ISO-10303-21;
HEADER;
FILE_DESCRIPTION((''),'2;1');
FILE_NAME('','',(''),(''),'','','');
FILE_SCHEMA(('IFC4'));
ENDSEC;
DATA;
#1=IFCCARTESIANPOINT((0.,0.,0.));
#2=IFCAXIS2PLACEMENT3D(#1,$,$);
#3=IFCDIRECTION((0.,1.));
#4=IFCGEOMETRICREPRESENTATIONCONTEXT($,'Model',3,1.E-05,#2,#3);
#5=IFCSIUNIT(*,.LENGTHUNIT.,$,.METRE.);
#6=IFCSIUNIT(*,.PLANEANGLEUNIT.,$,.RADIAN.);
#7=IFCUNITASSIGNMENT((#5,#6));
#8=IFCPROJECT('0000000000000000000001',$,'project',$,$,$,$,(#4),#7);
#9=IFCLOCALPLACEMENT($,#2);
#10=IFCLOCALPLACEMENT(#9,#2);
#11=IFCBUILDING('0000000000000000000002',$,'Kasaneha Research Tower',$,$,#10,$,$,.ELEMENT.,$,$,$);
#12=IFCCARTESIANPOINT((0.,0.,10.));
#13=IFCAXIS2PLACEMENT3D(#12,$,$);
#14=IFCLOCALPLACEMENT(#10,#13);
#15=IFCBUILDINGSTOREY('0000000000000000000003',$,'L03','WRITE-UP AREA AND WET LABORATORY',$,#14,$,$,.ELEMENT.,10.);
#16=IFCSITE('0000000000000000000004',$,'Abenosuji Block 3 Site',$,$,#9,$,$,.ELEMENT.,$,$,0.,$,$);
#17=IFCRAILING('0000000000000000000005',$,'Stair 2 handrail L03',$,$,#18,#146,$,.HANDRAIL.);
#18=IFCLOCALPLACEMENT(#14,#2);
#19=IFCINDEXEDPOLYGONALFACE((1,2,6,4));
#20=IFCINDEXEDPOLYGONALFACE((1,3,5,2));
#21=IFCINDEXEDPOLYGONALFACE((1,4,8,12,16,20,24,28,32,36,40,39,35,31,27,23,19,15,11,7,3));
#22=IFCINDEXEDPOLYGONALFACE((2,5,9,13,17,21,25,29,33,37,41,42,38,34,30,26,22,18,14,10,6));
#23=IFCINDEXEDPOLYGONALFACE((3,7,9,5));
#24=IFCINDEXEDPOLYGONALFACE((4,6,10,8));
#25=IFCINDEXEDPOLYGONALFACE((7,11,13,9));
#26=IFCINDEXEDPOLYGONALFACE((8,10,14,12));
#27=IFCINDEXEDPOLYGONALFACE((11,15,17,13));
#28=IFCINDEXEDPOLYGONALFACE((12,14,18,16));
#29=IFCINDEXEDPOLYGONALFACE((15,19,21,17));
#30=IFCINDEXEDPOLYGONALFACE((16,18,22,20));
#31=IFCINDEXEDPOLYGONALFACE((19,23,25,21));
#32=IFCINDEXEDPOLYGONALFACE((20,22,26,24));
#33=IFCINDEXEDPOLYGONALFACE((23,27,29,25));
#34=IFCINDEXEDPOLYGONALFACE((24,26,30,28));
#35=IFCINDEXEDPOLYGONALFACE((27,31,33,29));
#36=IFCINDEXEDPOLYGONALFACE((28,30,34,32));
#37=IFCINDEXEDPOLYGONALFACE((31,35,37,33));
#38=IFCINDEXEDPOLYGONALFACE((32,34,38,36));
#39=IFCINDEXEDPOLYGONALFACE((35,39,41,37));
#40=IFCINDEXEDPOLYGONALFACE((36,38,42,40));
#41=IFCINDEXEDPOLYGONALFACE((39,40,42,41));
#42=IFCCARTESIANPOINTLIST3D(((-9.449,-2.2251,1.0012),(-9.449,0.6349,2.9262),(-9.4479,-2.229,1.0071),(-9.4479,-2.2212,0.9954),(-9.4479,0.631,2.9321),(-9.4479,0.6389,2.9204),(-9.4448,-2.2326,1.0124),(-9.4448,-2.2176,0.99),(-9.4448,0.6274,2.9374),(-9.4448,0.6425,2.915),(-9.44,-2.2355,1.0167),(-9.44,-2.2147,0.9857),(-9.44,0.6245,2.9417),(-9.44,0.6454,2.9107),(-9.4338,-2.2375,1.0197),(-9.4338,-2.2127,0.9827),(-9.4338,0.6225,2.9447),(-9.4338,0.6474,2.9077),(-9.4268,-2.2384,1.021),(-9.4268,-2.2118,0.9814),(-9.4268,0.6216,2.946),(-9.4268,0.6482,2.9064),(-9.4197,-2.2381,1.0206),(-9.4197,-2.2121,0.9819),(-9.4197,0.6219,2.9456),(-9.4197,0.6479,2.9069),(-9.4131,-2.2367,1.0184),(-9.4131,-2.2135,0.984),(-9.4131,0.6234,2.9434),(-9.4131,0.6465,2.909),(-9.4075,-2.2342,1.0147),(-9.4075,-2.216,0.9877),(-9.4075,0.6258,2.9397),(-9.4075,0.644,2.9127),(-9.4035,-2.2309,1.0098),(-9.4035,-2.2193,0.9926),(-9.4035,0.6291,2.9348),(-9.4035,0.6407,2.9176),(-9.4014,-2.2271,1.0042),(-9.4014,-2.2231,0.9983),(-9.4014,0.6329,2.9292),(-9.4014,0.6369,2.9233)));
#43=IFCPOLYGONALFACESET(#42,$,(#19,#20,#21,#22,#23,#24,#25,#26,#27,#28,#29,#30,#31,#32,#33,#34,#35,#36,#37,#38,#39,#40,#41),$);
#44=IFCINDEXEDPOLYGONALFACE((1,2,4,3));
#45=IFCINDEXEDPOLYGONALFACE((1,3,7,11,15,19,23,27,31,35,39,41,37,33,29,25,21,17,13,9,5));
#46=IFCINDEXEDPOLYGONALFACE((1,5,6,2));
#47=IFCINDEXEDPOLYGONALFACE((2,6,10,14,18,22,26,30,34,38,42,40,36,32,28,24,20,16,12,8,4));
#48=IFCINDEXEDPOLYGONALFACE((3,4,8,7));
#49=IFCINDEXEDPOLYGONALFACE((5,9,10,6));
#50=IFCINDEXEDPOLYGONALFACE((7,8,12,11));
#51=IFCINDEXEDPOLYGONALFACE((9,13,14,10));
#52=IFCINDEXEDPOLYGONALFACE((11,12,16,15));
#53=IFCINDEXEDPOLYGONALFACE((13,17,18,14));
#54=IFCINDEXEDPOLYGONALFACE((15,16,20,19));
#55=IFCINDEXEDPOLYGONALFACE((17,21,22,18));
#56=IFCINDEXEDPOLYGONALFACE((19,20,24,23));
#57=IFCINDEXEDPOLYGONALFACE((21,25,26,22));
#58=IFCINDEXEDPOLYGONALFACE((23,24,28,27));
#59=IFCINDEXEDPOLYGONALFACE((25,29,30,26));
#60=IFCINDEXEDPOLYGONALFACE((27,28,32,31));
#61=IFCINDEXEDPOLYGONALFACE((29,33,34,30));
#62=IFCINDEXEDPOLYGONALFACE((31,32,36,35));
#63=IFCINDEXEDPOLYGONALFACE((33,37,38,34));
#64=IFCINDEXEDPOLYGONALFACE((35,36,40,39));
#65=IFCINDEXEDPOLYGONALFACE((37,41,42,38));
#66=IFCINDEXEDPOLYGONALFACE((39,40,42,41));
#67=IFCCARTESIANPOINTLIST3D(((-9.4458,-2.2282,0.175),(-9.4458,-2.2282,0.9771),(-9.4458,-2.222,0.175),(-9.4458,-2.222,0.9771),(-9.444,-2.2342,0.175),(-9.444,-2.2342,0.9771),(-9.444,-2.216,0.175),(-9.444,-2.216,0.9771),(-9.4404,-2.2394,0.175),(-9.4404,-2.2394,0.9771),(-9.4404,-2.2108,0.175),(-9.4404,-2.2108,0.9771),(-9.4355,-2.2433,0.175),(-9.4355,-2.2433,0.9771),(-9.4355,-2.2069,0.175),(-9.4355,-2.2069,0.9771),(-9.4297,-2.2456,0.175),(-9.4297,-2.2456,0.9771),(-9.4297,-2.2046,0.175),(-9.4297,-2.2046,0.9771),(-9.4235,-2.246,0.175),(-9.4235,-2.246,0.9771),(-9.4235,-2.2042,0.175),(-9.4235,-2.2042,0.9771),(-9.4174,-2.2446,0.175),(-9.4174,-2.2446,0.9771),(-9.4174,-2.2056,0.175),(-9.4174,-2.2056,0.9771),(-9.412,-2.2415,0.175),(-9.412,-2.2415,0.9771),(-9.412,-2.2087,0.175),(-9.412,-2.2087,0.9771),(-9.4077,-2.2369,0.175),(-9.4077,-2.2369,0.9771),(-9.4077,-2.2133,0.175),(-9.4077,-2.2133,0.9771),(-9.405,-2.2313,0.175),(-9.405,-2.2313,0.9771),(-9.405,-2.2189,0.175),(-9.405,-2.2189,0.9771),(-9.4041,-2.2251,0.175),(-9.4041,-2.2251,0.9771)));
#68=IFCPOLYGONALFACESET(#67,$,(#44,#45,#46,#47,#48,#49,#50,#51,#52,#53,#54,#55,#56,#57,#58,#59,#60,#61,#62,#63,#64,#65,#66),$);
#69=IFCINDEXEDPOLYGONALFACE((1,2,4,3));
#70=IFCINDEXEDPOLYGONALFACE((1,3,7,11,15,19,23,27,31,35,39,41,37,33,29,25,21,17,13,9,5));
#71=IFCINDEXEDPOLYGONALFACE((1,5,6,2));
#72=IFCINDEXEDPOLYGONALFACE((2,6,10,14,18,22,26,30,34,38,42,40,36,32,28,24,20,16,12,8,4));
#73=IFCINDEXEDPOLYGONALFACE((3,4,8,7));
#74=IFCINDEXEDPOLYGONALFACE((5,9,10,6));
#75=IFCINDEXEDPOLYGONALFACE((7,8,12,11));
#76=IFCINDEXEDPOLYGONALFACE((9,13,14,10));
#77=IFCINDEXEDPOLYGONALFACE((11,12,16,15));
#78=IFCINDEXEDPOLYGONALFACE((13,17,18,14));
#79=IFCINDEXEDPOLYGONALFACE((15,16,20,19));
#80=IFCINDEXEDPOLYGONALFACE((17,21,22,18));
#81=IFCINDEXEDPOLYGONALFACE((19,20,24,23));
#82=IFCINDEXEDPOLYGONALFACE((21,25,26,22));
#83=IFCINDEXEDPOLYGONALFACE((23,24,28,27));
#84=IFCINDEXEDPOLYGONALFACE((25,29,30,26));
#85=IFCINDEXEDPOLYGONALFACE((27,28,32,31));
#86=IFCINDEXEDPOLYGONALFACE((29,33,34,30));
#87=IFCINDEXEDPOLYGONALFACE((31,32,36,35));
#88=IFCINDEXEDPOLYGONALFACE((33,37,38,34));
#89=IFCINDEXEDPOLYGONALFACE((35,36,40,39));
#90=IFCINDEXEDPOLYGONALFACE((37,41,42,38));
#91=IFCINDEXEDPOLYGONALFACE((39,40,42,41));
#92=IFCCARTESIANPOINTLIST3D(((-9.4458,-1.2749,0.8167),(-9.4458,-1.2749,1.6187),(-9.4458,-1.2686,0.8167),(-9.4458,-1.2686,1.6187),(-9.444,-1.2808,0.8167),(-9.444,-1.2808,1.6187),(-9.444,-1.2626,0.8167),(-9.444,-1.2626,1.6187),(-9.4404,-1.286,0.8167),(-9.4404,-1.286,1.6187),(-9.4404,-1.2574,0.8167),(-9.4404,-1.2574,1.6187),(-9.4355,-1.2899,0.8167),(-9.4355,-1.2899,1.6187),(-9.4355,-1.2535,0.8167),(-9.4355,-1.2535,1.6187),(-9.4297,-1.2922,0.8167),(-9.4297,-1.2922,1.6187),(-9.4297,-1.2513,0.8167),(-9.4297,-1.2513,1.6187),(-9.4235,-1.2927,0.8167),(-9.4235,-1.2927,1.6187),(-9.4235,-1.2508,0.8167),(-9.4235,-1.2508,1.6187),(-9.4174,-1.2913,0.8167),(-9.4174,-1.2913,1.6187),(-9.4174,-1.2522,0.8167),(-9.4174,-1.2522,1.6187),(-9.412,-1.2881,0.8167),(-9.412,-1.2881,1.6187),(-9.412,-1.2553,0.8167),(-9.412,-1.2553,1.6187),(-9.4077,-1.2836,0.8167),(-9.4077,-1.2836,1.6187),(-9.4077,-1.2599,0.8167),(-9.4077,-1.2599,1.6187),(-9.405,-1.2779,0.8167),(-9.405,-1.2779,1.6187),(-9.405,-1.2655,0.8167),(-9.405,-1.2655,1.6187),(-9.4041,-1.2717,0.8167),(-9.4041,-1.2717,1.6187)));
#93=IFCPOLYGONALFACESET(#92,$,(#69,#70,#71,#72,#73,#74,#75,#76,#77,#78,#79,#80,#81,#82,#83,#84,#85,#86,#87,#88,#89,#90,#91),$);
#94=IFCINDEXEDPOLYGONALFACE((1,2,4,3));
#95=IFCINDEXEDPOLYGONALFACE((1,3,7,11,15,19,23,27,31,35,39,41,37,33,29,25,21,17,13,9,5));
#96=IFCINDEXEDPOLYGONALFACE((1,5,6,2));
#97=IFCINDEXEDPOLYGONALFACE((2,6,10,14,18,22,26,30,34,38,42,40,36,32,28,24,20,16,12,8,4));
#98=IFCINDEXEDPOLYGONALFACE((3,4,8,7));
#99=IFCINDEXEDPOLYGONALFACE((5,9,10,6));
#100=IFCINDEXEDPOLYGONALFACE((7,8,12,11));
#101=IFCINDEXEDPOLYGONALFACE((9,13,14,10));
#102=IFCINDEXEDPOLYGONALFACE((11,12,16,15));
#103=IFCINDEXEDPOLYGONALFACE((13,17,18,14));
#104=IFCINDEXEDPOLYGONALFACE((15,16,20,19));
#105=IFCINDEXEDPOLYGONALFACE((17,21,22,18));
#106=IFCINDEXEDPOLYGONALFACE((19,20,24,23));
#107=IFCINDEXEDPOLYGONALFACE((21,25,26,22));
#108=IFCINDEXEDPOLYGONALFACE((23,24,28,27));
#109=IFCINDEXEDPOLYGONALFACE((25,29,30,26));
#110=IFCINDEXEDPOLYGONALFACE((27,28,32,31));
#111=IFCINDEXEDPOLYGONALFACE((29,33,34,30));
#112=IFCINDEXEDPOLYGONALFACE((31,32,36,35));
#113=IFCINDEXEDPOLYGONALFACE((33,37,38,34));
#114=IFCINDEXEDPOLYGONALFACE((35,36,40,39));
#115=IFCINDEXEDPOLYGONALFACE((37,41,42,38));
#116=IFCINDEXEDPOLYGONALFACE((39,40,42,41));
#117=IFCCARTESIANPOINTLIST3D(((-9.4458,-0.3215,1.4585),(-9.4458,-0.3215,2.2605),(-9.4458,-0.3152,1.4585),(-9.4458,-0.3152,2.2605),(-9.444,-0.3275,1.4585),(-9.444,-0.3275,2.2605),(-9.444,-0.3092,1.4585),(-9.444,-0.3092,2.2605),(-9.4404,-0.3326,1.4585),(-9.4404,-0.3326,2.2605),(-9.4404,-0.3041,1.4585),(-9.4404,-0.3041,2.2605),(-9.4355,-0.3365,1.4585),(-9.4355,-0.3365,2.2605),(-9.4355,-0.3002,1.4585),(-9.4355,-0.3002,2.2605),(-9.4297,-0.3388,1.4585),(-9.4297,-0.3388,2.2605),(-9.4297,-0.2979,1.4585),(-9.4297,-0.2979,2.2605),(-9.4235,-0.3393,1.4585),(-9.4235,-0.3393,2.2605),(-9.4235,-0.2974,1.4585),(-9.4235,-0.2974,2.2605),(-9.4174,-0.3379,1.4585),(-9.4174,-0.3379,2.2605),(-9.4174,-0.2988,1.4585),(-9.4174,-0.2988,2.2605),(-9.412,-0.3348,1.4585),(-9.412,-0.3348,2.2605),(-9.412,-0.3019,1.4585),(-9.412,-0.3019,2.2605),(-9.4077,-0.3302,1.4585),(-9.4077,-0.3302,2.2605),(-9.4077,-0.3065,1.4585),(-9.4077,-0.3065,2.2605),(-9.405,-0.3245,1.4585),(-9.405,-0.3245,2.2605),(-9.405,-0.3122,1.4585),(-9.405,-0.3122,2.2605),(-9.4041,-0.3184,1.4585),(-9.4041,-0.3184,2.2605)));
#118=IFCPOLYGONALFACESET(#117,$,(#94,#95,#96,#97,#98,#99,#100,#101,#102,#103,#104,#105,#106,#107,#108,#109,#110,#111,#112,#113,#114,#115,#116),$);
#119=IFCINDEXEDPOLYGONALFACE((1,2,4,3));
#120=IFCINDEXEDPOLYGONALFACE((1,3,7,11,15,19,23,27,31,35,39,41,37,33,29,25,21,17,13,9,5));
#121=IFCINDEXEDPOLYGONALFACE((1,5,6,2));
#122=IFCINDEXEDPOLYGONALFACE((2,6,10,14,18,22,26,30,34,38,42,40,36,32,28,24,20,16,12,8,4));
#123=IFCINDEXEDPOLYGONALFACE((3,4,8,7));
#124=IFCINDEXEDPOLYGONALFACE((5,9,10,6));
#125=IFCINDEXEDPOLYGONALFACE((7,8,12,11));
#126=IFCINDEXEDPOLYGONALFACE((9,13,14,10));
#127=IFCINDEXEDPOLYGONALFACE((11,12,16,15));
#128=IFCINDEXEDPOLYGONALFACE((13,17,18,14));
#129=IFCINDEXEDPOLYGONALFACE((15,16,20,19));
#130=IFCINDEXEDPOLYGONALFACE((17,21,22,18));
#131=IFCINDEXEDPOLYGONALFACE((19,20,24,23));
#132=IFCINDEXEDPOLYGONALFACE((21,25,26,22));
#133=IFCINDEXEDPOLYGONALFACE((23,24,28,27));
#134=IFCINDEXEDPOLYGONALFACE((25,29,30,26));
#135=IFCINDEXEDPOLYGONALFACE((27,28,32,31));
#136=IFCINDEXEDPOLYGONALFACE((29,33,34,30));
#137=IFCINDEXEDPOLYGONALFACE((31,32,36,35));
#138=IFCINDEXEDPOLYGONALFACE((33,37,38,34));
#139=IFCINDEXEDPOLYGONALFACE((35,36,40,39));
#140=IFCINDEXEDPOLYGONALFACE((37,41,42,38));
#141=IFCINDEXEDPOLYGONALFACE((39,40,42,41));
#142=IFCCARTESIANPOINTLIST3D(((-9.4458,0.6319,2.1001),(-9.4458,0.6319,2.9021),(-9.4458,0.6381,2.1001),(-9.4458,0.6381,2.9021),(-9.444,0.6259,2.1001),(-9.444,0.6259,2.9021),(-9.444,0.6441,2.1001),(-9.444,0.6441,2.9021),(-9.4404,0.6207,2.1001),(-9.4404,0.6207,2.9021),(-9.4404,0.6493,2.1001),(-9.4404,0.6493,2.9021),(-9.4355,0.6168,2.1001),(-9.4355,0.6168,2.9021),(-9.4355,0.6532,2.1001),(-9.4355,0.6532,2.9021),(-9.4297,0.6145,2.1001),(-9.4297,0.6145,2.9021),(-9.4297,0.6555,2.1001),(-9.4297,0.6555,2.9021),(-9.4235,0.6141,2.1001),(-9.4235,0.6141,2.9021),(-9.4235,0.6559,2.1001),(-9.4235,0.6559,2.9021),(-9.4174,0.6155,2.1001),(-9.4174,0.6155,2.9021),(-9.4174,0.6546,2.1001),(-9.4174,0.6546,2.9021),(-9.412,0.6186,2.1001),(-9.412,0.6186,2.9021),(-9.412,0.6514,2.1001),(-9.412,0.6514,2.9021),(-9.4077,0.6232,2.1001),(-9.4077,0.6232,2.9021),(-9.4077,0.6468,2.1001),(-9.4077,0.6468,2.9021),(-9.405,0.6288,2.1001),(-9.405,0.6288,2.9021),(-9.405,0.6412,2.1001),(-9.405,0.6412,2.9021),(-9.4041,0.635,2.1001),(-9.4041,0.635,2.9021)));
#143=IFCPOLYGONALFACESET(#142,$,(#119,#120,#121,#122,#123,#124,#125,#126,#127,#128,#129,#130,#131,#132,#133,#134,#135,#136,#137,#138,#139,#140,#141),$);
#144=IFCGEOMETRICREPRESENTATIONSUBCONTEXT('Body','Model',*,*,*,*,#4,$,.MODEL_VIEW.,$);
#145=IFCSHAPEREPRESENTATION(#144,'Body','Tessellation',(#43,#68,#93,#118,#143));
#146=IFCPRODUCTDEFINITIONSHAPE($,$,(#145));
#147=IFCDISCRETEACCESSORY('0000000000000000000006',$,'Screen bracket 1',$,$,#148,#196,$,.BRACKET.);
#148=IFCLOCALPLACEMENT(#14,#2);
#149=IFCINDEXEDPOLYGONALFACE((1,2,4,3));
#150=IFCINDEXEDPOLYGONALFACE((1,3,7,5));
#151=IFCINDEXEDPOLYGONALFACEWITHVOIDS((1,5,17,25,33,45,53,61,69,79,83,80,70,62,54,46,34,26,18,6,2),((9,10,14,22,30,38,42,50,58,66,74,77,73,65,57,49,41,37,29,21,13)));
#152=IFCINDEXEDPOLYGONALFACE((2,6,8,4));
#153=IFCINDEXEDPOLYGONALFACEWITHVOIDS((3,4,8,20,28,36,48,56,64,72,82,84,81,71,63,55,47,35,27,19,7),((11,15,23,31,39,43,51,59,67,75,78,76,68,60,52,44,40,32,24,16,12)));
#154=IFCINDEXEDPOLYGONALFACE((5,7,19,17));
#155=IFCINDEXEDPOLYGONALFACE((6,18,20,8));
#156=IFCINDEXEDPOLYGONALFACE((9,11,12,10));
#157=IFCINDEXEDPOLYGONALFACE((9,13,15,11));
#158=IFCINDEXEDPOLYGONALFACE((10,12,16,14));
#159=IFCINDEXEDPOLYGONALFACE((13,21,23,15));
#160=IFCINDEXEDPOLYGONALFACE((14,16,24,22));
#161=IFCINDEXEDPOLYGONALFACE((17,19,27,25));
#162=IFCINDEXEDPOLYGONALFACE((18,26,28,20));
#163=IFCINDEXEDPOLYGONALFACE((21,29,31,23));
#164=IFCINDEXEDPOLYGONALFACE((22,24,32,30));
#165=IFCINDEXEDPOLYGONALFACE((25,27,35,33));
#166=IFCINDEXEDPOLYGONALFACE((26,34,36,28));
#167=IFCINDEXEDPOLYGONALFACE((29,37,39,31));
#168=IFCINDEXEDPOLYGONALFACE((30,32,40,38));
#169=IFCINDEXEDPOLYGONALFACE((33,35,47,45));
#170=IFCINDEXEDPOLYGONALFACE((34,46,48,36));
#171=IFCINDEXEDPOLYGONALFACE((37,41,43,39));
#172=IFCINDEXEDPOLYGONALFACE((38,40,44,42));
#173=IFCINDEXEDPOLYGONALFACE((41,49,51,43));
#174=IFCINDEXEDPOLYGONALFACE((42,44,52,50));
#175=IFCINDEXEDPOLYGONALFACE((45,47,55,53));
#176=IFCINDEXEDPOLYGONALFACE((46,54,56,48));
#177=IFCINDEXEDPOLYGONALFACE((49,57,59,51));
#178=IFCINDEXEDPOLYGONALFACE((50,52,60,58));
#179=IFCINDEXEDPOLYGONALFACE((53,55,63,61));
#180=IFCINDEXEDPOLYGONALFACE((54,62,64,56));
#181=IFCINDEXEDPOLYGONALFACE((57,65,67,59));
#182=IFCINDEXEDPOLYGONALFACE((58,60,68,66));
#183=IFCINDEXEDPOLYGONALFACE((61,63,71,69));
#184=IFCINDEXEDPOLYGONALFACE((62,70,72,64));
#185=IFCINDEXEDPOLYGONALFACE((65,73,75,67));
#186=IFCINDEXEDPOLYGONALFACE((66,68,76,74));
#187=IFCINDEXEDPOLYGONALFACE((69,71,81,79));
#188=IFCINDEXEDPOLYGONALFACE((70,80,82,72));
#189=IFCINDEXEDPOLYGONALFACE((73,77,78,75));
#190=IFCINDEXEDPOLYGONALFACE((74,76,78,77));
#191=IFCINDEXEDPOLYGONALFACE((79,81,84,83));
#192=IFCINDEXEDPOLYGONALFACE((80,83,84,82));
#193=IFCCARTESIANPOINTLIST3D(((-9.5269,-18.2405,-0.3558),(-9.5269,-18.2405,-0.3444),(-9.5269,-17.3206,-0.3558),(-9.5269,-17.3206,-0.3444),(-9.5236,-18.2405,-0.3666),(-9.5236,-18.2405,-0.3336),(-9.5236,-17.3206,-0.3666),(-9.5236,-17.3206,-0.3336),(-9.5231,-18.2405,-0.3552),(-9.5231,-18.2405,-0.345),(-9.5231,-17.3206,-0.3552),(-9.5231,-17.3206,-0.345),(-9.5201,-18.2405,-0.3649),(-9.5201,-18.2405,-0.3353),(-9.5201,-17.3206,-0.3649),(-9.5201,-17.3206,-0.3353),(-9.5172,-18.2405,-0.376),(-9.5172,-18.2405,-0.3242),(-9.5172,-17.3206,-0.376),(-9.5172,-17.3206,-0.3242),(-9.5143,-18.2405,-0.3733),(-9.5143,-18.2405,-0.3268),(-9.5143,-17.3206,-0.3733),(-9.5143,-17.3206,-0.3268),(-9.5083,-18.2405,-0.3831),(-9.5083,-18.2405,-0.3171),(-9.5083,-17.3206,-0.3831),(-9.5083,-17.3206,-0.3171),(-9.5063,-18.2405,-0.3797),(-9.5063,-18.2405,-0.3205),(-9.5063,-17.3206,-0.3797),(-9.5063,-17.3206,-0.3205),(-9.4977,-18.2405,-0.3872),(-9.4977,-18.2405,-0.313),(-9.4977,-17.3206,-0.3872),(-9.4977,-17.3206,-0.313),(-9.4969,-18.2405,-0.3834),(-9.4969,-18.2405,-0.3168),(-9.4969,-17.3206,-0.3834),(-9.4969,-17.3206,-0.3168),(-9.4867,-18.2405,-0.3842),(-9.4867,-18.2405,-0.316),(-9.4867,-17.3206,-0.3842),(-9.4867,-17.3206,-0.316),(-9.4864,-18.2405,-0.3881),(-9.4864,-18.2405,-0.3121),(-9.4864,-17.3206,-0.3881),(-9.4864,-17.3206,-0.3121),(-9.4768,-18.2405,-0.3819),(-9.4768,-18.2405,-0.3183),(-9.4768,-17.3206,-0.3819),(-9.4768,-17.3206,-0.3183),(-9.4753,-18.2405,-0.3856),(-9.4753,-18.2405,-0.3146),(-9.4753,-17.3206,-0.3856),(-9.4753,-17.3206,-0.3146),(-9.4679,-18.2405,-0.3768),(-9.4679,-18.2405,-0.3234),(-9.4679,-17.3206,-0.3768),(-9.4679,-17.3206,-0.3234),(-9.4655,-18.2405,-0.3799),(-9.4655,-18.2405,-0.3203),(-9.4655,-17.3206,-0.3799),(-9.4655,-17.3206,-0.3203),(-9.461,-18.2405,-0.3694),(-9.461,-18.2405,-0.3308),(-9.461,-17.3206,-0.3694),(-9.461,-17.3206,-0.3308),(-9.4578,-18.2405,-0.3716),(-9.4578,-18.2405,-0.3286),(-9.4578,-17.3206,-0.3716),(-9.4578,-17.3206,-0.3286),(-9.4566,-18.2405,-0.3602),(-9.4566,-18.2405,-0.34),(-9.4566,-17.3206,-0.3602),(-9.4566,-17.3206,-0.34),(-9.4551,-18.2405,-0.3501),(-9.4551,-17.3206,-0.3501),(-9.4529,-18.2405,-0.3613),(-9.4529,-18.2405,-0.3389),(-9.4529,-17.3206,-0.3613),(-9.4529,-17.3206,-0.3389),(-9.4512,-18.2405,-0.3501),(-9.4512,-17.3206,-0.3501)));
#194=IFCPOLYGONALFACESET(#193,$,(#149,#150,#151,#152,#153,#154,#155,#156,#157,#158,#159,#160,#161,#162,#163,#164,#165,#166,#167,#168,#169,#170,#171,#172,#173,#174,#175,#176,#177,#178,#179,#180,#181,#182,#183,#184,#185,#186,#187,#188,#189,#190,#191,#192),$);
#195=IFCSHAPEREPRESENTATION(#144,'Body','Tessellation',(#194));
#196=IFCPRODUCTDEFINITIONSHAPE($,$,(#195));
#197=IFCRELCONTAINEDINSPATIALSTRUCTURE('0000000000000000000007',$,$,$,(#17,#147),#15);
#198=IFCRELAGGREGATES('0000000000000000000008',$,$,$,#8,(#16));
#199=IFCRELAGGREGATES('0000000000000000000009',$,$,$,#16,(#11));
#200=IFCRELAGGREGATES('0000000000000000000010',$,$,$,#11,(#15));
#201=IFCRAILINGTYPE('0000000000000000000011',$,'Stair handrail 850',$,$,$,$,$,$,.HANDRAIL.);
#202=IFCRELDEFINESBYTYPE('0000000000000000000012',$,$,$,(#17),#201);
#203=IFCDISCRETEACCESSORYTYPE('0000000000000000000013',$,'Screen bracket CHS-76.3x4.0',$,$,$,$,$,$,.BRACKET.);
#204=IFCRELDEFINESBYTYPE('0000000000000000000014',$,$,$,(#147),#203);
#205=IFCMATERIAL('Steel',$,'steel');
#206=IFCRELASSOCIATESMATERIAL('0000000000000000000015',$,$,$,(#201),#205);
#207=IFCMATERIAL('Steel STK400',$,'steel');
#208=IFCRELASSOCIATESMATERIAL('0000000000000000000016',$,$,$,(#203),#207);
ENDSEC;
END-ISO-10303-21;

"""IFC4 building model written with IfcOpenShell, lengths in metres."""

from ifc_helpers import new_model, si_unit, direction, frame, origin, origin_2d, place, context, subcontext, project, spatial, circle, hollow_circle, extrude, material, material_profile, profile_set, type_object, element, save


model = new_model("IFC4")

# Units and contexts
model_context = context("Model", 3, precision=1e-05, world=origin(), true_north=direction((0.0, 1.0)))
body_context = subcontext(model_context, "Body", "Model", "MODEL_VIEW")
ifc_project = project(units=[si_unit("LENGTHUNIT", "METRE"), si_unit("PLANEANGLEUNIT", "RADIAN")], contexts=[model_context])

# Site, building, storey
site_placement = place(None, origin())
site = spatial("IfcSite", under=ifc_project, at=site_placement, Name="Abenosuji Block 3 Site", CompositionType="ELEMENT", RefElevation=0.0)
building_placement = place(site_placement, origin())
building = spatial("IfcBuilding", under=site, at=building_placement, Name="Kasaneha Research Tower", CompositionType="ELEMENT")
storey_placement = place(building_placement, frame((0.0, 0.0, 10.0)))
storey = spatial("IfcBuildingStorey", under=building, at=storey_placement, Name="L03", Description="WRITE-UP AREA AND WET LABORATORY", CompositionType="ELEMENT", Elevation=10.0)

# Railing
ifc_material_1 = material(Name="Steel", Category="steel")
railing_type = type_object("IfcRailingType", Name="Stair handrail 850", PredefinedType="HANDRAIL", material=ifc_material_1)
railing_placement = place(storey_placement, frame((-9.425, -2.2251, 0.175)))
element("IfcRailing", 1, at=railing_placement, inside=storey, type_object=railing_type, Name="Stair 2 handrail L03", PredefinedType="HANDRAIL", context=body_context, shape_type="SweptSolid", body=[
    extrude(circle(Radius=0.0239, at=origin_2d()), frame((0.0, 0.0, 0.8262), z_axis=(0.0, 0.829591, 0.558372), x_axis=(-1.0, 0.0, 0.0)), (0.0, 0.0, 1.0), 3.4475),
    extrude(circle(Radius=0.021, at=origin_2d()), origin(), (0.0, 0.0, 1.0), 0.802),
    extrude(circle(Radius=0.021, at=origin_2d()), frame((0.0, 0.9534, 0.6416)), (0.0, 0.0, 1.0), 0.802),
    extrude(circle(Radius=0.021, at=origin_2d()), frame((0.0, 1.9067, 1.2834)), (0.0, 0.0, 1.0), 0.802),
    extrude(circle(Radius=0.021, at=origin_2d()), frame((0.0, 2.8601, 1.925)), (0.0, 0.0, 1.0), 0.802),
])

# Discrete accessory
ifc_material_2 = material(Name="Steel STK400", Category="steel")
ifc_material_profile_1 = material_profile(ifc_material_2, hollow_circle(Radius=0.0381, WallThickness=0.0039, at=origin_2d()), Name="CHS-76.3x4.0")
ifc_profile_set_1 = profile_set([ifc_material_profile_1], Name="Steel STK400")
discrete_accessory_type = type_object("IfcDiscreteAccessoryType", Name="Screen bracket CHS-76.3x4.0", PredefinedType="BRACKET", material=ifc_profile_set_1)
discrete_accessory_placement = place(storey_placement, frame((-9.4893, -17.3206, -0.3501), z_axis=(0.0, -1.0, 0.0), x_axis=(1.0, 0.0, 0.0)))
element("IfcDiscreteAccessory", 2, at=discrete_accessory_placement, inside=storey, type_object=discrete_accessory_type, Name="Screen bracket 1", PredefinedType="BRACKET", context=body_context, shape_type="SweptSolid", body=[
    extrude(hollow_circle(Radius=0.0381, WallThickness=0.0039, at=origin_2d()), origin(), (0.0, 0.0, 1.0), 0.9199),
])

save(model, "model.ifc")
